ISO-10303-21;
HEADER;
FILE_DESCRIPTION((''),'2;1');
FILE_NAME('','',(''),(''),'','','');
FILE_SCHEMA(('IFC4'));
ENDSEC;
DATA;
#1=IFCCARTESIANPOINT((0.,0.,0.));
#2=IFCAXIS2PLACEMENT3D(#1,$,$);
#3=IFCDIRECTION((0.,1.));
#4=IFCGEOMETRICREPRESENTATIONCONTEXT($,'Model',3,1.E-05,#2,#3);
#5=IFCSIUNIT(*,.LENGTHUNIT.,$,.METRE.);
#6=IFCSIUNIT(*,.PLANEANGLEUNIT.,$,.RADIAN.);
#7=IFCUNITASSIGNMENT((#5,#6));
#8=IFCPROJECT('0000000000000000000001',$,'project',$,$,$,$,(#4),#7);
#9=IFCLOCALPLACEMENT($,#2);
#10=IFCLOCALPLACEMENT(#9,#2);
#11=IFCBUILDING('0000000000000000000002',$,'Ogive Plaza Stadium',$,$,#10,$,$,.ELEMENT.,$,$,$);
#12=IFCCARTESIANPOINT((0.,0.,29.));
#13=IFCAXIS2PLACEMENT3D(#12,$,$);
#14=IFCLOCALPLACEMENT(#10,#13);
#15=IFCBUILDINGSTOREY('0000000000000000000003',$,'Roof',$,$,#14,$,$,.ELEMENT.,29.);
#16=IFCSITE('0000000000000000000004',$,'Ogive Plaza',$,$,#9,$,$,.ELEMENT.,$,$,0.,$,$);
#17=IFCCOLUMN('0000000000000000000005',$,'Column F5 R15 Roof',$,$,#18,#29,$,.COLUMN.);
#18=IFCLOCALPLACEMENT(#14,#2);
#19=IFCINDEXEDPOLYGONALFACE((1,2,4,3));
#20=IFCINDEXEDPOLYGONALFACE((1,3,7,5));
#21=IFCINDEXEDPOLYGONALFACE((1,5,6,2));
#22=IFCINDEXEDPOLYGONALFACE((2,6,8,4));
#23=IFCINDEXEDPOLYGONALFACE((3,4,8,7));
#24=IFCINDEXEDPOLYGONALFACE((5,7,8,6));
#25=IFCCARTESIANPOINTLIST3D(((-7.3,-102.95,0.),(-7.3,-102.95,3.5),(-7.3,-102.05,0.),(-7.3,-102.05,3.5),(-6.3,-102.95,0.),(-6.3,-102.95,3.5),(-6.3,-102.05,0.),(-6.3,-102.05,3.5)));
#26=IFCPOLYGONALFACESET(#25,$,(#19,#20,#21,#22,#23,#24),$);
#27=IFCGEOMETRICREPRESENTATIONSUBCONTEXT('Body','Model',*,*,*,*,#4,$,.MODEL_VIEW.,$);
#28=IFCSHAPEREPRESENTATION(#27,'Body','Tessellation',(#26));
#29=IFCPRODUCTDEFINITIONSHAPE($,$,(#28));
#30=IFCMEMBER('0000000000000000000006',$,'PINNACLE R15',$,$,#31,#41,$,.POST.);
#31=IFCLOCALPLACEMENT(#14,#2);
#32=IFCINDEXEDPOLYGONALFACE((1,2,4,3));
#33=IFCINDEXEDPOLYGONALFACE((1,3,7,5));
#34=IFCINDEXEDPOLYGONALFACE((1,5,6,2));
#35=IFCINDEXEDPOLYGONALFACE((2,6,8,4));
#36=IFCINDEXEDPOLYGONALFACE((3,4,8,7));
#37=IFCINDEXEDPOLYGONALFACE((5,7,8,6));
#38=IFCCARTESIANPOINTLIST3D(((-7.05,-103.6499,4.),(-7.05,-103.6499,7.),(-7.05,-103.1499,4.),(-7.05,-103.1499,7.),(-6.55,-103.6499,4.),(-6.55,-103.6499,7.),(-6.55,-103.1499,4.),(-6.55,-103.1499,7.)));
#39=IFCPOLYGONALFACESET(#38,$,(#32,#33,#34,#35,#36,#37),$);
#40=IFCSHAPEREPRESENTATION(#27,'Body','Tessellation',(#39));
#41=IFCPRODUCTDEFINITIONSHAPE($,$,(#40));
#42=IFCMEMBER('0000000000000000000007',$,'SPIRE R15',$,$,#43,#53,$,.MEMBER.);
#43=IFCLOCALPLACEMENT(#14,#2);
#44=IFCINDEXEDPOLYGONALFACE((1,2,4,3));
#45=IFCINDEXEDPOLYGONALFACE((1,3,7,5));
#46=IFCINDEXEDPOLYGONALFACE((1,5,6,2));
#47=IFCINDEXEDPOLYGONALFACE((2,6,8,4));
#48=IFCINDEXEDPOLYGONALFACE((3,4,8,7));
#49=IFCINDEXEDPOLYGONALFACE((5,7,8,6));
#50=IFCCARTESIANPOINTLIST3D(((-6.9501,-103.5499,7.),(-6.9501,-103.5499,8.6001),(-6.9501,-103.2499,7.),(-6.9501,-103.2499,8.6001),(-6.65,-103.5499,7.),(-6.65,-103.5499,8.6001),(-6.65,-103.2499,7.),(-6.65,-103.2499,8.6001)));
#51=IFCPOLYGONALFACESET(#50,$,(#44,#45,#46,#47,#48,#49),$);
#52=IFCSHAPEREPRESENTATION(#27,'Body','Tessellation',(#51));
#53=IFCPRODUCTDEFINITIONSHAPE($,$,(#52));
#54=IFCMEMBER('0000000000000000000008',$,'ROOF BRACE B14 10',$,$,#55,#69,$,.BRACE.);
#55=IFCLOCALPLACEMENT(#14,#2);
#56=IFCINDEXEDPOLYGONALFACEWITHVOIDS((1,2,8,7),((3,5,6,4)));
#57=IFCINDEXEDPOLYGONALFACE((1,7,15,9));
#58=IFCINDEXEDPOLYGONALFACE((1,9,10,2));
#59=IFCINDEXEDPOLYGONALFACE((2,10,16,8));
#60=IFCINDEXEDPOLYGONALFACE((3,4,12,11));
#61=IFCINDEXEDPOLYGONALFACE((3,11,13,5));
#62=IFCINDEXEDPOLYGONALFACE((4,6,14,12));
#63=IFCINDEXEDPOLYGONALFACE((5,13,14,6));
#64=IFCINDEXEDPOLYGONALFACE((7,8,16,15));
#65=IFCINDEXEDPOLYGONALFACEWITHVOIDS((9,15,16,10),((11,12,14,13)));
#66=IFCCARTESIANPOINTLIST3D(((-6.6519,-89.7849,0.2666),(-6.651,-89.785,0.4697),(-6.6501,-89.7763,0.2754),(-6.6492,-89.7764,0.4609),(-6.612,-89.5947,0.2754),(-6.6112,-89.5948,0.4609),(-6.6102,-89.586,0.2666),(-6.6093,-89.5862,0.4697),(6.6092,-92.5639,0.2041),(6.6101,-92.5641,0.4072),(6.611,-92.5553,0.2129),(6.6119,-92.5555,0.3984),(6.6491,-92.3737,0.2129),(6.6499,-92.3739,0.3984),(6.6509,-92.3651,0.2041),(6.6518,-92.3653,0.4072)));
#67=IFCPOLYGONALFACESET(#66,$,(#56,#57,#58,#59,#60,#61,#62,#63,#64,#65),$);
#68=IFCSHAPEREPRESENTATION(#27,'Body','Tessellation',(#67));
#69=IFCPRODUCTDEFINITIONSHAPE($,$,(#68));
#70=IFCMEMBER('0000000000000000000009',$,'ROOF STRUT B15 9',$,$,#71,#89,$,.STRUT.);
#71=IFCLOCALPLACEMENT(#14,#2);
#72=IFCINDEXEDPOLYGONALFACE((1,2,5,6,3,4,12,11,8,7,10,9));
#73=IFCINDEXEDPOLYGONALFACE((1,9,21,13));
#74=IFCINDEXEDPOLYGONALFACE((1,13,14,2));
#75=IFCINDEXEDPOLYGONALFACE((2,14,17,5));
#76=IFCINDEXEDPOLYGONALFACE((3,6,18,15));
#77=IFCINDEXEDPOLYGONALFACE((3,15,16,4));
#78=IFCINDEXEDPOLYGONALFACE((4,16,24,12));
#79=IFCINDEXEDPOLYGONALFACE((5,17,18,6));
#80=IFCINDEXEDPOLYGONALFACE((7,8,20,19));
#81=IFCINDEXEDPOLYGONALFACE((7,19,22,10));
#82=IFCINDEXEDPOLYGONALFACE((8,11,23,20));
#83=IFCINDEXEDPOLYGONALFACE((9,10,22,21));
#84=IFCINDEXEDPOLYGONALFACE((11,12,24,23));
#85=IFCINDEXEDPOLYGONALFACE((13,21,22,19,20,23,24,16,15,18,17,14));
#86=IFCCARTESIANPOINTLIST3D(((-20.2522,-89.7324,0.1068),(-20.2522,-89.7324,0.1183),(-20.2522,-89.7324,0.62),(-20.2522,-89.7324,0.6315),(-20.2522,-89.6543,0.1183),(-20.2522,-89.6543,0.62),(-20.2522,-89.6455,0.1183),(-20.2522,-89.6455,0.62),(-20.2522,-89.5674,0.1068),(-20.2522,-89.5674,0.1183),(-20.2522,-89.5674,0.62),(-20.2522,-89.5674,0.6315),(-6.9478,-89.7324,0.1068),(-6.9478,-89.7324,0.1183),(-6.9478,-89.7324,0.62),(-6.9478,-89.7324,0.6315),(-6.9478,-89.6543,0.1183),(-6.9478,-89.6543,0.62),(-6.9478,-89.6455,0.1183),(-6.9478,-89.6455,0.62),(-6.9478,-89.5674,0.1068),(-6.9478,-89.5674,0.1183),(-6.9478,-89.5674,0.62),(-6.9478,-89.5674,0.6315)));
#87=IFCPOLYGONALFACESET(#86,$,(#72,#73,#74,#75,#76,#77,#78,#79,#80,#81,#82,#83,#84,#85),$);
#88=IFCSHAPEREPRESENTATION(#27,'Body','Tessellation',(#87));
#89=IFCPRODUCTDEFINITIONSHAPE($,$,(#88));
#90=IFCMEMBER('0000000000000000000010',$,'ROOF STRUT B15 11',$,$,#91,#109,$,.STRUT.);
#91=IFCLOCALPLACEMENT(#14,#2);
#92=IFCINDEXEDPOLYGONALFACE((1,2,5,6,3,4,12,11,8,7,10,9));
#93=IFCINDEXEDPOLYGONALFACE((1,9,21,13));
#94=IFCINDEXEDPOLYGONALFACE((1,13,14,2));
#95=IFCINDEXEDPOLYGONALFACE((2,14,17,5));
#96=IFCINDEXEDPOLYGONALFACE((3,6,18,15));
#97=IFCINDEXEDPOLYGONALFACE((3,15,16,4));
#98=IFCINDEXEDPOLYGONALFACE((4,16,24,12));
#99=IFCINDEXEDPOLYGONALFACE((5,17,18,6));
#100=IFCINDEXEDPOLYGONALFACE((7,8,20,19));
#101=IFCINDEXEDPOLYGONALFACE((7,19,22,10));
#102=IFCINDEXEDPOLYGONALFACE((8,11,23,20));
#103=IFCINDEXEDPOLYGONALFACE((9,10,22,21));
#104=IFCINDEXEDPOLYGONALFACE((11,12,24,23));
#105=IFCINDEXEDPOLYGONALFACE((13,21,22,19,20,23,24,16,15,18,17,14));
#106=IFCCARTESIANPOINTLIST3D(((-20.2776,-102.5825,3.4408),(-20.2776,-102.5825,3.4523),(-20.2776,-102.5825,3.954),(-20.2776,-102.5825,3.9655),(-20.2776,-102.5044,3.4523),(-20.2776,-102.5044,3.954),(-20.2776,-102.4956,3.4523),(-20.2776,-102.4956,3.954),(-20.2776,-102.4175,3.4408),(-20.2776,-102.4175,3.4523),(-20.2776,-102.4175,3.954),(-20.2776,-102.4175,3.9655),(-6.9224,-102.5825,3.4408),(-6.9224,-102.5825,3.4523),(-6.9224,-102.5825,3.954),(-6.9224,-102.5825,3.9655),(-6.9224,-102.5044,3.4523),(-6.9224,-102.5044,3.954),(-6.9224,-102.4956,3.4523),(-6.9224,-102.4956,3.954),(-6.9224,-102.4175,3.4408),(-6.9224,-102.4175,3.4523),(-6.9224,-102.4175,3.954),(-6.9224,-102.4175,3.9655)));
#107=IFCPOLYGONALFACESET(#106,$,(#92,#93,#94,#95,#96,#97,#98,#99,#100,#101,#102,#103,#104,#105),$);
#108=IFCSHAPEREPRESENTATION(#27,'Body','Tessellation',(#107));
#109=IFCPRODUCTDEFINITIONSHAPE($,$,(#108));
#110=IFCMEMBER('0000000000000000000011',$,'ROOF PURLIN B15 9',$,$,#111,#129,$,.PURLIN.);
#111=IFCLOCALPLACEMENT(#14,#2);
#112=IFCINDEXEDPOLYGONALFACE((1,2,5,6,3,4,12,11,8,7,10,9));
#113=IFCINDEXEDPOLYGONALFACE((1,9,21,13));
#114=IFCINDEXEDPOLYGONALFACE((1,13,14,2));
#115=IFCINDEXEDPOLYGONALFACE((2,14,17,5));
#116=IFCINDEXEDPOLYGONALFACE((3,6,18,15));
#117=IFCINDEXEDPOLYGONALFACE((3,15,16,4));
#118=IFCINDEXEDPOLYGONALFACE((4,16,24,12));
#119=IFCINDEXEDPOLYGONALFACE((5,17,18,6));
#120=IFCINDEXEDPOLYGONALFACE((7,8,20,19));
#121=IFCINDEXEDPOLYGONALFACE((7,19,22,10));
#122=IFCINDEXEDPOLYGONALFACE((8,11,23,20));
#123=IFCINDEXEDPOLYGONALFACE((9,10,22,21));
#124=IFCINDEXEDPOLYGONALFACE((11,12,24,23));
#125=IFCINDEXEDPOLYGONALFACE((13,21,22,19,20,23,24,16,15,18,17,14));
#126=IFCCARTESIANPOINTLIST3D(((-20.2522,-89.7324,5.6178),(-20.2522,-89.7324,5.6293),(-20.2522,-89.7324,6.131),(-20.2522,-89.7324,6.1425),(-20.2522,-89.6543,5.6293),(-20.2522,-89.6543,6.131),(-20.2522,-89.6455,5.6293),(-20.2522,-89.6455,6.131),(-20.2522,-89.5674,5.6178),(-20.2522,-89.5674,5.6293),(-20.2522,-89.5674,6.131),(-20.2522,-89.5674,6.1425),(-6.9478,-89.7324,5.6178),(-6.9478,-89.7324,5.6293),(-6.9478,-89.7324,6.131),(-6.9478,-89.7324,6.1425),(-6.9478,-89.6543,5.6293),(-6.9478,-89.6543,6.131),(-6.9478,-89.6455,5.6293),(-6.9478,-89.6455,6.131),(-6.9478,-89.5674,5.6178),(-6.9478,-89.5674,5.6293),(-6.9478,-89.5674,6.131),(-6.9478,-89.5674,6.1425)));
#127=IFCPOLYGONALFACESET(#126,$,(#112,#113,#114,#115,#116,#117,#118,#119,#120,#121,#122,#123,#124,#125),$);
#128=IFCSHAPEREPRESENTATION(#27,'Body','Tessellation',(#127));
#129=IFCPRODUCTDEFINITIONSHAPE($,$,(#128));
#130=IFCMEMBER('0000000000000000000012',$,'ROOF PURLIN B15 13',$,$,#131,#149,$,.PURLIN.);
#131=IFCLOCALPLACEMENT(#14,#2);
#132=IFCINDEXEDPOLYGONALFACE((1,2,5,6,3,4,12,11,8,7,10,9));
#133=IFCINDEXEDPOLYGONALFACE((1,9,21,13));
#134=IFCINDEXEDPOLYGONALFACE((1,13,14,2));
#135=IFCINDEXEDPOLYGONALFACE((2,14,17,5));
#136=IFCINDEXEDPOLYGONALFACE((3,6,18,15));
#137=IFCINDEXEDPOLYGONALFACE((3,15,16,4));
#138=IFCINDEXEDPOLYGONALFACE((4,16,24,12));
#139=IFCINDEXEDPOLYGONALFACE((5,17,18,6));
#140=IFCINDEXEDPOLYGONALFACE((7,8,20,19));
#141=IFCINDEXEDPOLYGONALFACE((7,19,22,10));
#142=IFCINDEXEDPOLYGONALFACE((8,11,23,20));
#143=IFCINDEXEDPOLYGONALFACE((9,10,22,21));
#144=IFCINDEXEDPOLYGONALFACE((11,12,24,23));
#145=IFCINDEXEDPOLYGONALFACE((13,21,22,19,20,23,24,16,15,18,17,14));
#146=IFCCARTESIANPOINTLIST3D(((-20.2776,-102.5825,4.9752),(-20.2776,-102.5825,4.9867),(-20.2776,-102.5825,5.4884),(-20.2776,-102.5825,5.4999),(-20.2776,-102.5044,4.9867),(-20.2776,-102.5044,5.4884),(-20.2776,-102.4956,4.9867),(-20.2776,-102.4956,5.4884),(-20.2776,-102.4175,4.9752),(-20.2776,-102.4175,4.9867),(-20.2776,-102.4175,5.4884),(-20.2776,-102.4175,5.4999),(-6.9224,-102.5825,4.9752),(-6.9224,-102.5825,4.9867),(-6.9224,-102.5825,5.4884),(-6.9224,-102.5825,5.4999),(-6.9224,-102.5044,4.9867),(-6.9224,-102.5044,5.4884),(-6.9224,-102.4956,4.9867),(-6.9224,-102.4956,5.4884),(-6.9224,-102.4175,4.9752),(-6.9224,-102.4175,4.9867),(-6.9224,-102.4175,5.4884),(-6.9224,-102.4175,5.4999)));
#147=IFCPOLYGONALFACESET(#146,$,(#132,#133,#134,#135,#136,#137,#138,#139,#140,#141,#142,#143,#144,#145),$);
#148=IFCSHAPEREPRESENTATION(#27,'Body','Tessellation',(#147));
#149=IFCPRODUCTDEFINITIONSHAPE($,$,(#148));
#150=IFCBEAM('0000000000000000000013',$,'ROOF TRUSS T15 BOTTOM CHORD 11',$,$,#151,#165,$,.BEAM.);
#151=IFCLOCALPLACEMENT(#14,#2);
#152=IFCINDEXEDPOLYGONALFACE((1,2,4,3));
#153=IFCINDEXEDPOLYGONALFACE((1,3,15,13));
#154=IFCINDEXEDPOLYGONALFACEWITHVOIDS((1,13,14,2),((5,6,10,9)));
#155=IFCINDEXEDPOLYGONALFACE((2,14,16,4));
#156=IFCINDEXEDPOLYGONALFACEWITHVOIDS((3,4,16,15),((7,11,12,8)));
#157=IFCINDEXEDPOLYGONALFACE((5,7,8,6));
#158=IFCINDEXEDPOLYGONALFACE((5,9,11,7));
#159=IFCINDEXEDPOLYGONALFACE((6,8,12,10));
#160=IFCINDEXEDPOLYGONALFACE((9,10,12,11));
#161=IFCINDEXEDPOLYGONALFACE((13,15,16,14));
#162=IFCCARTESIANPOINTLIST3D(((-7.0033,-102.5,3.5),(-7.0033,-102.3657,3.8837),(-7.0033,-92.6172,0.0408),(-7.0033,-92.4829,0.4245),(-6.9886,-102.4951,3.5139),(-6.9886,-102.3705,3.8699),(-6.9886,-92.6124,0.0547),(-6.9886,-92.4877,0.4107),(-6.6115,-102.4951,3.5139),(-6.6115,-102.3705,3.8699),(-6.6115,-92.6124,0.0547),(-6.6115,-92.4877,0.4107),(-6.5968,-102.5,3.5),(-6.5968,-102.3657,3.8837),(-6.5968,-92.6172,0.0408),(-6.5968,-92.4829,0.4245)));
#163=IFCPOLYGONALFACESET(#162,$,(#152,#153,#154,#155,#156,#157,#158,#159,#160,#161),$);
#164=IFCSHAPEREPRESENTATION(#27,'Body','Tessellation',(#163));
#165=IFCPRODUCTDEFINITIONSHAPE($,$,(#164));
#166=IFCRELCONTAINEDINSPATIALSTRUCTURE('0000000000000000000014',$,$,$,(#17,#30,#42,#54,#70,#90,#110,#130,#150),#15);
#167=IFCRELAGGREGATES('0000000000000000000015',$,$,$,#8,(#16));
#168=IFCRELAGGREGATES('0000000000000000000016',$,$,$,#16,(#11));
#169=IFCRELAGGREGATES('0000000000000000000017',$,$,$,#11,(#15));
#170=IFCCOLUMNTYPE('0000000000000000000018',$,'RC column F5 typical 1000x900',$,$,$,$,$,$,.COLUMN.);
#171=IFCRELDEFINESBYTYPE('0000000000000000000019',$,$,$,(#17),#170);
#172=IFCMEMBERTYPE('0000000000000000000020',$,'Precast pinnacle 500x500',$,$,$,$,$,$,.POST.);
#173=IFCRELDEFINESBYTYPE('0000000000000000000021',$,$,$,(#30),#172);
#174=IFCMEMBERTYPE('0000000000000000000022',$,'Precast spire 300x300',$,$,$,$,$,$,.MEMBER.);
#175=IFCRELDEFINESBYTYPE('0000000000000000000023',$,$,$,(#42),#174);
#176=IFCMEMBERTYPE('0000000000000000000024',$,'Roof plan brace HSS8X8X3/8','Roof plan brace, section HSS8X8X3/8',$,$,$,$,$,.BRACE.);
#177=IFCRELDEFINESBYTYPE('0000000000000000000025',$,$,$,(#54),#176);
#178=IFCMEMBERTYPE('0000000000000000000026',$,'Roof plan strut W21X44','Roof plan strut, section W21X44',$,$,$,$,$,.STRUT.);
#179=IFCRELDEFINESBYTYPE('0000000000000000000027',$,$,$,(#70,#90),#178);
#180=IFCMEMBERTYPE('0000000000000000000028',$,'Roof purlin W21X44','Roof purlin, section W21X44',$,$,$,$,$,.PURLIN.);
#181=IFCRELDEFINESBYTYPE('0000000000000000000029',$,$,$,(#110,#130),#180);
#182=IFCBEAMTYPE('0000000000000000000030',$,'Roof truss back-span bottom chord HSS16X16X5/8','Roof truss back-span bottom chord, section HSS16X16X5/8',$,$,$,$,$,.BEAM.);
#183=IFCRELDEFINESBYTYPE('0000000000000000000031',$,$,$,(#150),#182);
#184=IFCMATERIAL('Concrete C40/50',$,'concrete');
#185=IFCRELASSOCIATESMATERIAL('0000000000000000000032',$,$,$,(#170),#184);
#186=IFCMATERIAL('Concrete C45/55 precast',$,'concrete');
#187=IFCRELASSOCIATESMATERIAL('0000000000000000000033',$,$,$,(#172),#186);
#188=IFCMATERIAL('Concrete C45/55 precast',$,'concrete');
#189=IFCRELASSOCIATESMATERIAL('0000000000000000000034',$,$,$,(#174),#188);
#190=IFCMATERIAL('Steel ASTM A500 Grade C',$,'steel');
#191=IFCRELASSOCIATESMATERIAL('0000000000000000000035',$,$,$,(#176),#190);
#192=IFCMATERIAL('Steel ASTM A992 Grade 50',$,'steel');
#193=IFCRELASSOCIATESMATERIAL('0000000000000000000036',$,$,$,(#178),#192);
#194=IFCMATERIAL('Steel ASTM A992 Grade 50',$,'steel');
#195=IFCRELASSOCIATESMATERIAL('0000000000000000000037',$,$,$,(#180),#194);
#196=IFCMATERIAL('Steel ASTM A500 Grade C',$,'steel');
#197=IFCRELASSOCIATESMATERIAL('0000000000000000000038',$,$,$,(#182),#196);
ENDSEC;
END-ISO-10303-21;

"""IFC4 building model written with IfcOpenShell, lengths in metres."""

from ifc_helpers import new_model, si_unit, direction, frame, origin, origin_2d, place, context, subcontext, project, spatial, rectangle, hollow_rectangle, i_section, extrude, material, material_profile, profile_set, type_object, element, save


model = new_model("IFC4")

# Units and contexts
model_context = context("Model", 3, precision=1e-05, world=origin(), true_north=direction((0.0, 1.0)))
body_context = subcontext(model_context, "Body", "Model", "MODEL_VIEW")
ifc_project = project(units=[si_unit("LENGTHUNIT", "METRE"), si_unit("PLANEANGLEUNIT", "RADIAN")], contexts=[model_context])

# Site, building, storey
site_placement = place(None, origin())
site = spatial("IfcSite", under=ifc_project, at=site_placement, Name="Ogive Plaza", CompositionType="ELEMENT", RefElevation=0.0)
building_placement = place(site_placement, origin())
building = spatial("IfcBuilding", under=site, at=building_placement, Name="Ogive Plaza Stadium", CompositionType="ELEMENT")
storey_placement = place(building_placement, frame((0.0, 0.0, 29.0)))
storey = spatial("IfcBuildingStorey", under=building, at=storey_placement, Name="Roof", CompositionType="ELEMENT", Elevation=29.0)

# Column
ifc_material_1 = material(Name="Concrete C40/50", Category="concrete")
ifc_material_profile_1 = material_profile(ifc_material_1, rectangle(XDim=1.0, YDim=0.8999, at=origin_2d()), Name="RC 1000x900")
ifc_profile_set_1 = profile_set([ifc_material_profile_1], Name="Concrete C40/50")
column_type = type_object("IfcColumnType", Name="RC column F5 typical 1000x900", PredefinedType="COLUMN", material=ifc_profile_set_1)
column_placement = place(storey_placement, frame((-6.8, -102.5, 0.0), z_axis=(0.0, 0.0, 1.0), x_axis=(1.0, 0.0, 0.0)))
element("IfcColumn", 1, at=column_placement, inside=storey, type_object=column_type, Name="Column F5 R15 Roof", PredefinedType="COLUMN", context=body_context, shape_type="SweptSolid", body=[
    extrude(rectangle(XDim=1.0, YDim=0.8999, at=origin_2d()), origin(), (0.0, 0.0, 1.0), 3.5),
])

# Members
ifc_material_2 = material(Name="Concrete C45/55 precast", Category="concrete")
ifc_material_profile_2 = material_profile(ifc_material_2, rectangle(XDim=0.5, YDim=0.5, at=origin_2d()), Name="RC 500x500")
ifc_profile_set_2 = profile_set([ifc_material_profile_2], Name="Concrete C45/55 precast")
member_type_1 = type_object("IfcMemberType", Name="Precast pinnacle 500x500", PredefinedType="POST", material=ifc_profile_set_2)
member_1_placement = place(storey_placement, frame((-6.8, -103.3999, 4.0), z_axis=(0.0, 0.0, 1.0), x_axis=(1.0, 0.0, 0.0)))
element("IfcMember", 2, at=member_1_placement, inside=storey, type_object=member_type_1, Name="PINNACLE R15", PredefinedType="POST", context=body_context, shape_type="SweptSolid", body=[
    extrude(rectangle(XDim=0.5, YDim=0.5, at=origin_2d()), origin(), (0.0, 0.0, 1.0), 3.0),
])
ifc_material_3 = material(Name="Concrete C45/55 precast", Category="concrete")
ifc_material_profile_3 = material_profile(ifc_material_3, rectangle(XDim=0.3, YDim=0.3, at=origin_2d()), Name="RC 300x300")
ifc_profile_set_3 = profile_set([ifc_material_profile_3], Name="Concrete C45/55 precast")
member_type_2 = type_object("IfcMemberType", Name="Precast spire 300x300", PredefinedType="MEMBER", material=ifc_profile_set_3)
member_2_placement = place(storey_placement, frame((-6.8, -103.3999, 7.0), z_axis=(0.0, 0.0, 1.0), x_axis=(1.0, 0.0, 0.0)))
element("IfcMember", 3, at=member_2_placement, inside=storey, type_object=member_type_2, Name="SPIRE R15", PredefinedType="MEMBER", context=body_context, shape_type="SweptSolid", body=[
    extrude(rectangle(XDim=0.3, YDim=0.3, at=origin_2d()), origin(), (0.0, 0.0, 1.0), 1.6001),
])
ifc_material_4 = material(Name="Steel ASTM A500 Grade C", Category="steel")
ifc_material_profile_4 = material_profile(ifc_material_4, hollow_rectangle(XDim=0.2031, YDim=0.2031, WallThickness=0.0088, at=origin_2d()), Name="HSS8X8X3/8")
ifc_profile_set_4 = profile_set([ifc_material_profile_4], Name="Steel ASTM A500 Grade C")
member_type_3 = type_object("IfcMemberType", Name="Roof plan brace HSS8X8X3/8", Description="Roof plan brace, section HSS8X8X3/8", PredefinedType="BRACE", material=ifc_profile_set_4)
member_3_placement = place(storey_placement, frame((-6.6306, -89.6855, 0.3682), z_axis=(0.978729, -0.205105, -0.004613), x_axis=(0.205107, 0.97874, 0.0)))
element("IfcMember", 4, at=member_3_placement, inside=storey, type_object=member_type_3, Name="ROOF BRACE B14 10", PredefinedType="BRACE", context=body_context, shape_type="SweptSolid", body=[
    extrude(hollow_rectangle(XDim=0.2031, YDim=0.2031, WallThickness=0.0088, at=origin_2d()), origin(), (0.0, 0.0, 1.0), 13.5493),
])
ifc_material_5 = material(Name="Steel ASTM A992 Grade 50", Category="steel")
ifc_material_profile_5 = material_profile(ifc_material_5, i_section(OverallWidth=0.165, OverallDepth=0.5247, WebThickness=0.0088, FlangeThickness=0.0115, at=origin_2d()), Name="W21X44")
ifc_profile_set_5 = profile_set([ifc_material_profile_5], Name="Steel ASTM A992 Grade 50")
member_type_4 = type_object("IfcMemberType", Name="Roof plan strut W21X44", Description="Roof plan strut, section W21X44", PredefinedType="STRUT", material=ifc_profile_set_5)
member_4_placement = place(storey_placement, frame((-6.9478, -89.6499, 0.3691), z_axis=(-1.0, 0.0, 0.0), x_axis=(0.0, -1.0, 0.0)))
element("IfcMember", 5, at=member_4_placement, inside=storey, type_object=member_type_4, Name="ROOF STRUT B15 9", PredefinedType="STRUT", context=body_context, shape_type="SweptSolid", body=[
    extrude(i_section(OverallWidth=0.165, OverallDepth=0.5247, WebThickness=0.0088, FlangeThickness=0.0115, at=origin_2d()), origin(), (0.0, 0.0, 1.0), 13.3044),
])
member_5_placement = place(storey_placement, frame((-6.9224, -102.5, 3.7031), z_axis=(-1.0, 0.0, 0.0), x_axis=(0.0, -1.0, 0.0)))
element("IfcMember", 6, at=member_5_placement, inside=storey, type_object=member_type_4, Name="ROOF STRUT B15 11", PredefinedType="STRUT", context=body_context, shape_type="SweptSolid", body=[
    extrude(i_section(OverallWidth=0.165, OverallDepth=0.5247, WebThickness=0.0088, FlangeThickness=0.0115, at=origin_2d()), origin(), (0.0, 0.0, 1.0), 13.3552),
])
ifc_material_6 = material(Name="Steel ASTM A992 Grade 50", Category="steel")
ifc_material_profile_6 = material_profile(ifc_material_6, i_section(OverallWidth=0.165, OverallDepth=0.5247, WebThickness=0.0088, FlangeThickness=0.0115, at=origin_2d()), Name="W21X44")
ifc_profile_set_6 = profile_set([ifc_material_profile_6], Name="Steel ASTM A992 Grade 50")
member_type_5 = type_object("IfcMemberType", Name="Roof purlin W21X44", Description="Roof purlin, section W21X44", PredefinedType="PURLIN", material=ifc_profile_set_6)
member_6_placement = place(storey_placement, frame((-6.9478, -89.6499, 5.8801), z_axis=(-1.0, 0.0, 0.0), x_axis=(0.0, -1.0, 0.0)))
element("IfcMember", 7, at=member_6_placement, inside=storey, type_object=member_type_5, Name="ROOF PURLIN B15 9", PredefinedType="PURLIN", context=body_context, shape_type="SweptSolid", body=[
    extrude(i_section(OverallWidth=0.165, OverallDepth=0.5247, WebThickness=0.0088, FlangeThickness=0.0115, at=origin_2d()), origin(), (0.0, 0.0, 1.0), 13.3044),
])
member_7_placement = place(storey_placement, frame((-6.9224, -102.5, 5.2375), z_axis=(-1.0, 0.0, 0.0), x_axis=(0.0, -1.0, 0.0)))
element("IfcMember", 8, at=member_7_placement, inside=storey, type_object=member_type_5, Name="ROOF PURLIN B15 13", PredefinedType="PURLIN", context=body_context, shape_type="SweptSolid", body=[
    extrude(i_section(OverallWidth=0.165, OverallDepth=0.5247, WebThickness=0.0088, FlangeThickness=0.0115, at=origin_2d()), origin(), (0.0, 0.0, 1.0), 13.3552),
])

# Beam
ifc_material_7 = material(Name="Steel ASTM A500 Grade C", Category="steel")
ifc_material_profile_7 = material_profile(ifc_material_7, hollow_rectangle(XDim=0.4065, YDim=0.4065, WallThickness=0.0146, at=origin_2d()), Name="HSS16X16X5/8")
ifc_profile_set_7 = profile_set([ifc_material_profile_7], Name="Steel ASTM A500 Grade C")
beam_type_1 = type_object("IfcBeamType", Name="Roof truss back-span bottom chord HSS16X16X5/8", Description="Roof truss back-span bottom chord, section HSS16X16X5/8", PredefinedType="BEAM", material=ifc_profile_set_7)
beam_1_placement = place(storey_placement, frame((-6.8, -92.55, 0.2327), z_axis=(0.0, -0.943851, 0.330371), x_axis=(1.0, 0.0, 0.0)))
element("IfcBeam", 9, at=beam_1_placement, inside=storey, type_object=beam_type_1, Name="ROOF TRUSS T15 BOTTOM CHORD 11", PredefinedType="BEAM", context=body_context, shape_type="SweptSolid", body=[
    extrude(hollow_rectangle(XDim=0.4065, YDim=0.4065, WallThickness=0.0146, at=origin_2d()), origin(), (0.0, 0.0, 1.0), 10.4707),
])

save(model, "model.ifc")
